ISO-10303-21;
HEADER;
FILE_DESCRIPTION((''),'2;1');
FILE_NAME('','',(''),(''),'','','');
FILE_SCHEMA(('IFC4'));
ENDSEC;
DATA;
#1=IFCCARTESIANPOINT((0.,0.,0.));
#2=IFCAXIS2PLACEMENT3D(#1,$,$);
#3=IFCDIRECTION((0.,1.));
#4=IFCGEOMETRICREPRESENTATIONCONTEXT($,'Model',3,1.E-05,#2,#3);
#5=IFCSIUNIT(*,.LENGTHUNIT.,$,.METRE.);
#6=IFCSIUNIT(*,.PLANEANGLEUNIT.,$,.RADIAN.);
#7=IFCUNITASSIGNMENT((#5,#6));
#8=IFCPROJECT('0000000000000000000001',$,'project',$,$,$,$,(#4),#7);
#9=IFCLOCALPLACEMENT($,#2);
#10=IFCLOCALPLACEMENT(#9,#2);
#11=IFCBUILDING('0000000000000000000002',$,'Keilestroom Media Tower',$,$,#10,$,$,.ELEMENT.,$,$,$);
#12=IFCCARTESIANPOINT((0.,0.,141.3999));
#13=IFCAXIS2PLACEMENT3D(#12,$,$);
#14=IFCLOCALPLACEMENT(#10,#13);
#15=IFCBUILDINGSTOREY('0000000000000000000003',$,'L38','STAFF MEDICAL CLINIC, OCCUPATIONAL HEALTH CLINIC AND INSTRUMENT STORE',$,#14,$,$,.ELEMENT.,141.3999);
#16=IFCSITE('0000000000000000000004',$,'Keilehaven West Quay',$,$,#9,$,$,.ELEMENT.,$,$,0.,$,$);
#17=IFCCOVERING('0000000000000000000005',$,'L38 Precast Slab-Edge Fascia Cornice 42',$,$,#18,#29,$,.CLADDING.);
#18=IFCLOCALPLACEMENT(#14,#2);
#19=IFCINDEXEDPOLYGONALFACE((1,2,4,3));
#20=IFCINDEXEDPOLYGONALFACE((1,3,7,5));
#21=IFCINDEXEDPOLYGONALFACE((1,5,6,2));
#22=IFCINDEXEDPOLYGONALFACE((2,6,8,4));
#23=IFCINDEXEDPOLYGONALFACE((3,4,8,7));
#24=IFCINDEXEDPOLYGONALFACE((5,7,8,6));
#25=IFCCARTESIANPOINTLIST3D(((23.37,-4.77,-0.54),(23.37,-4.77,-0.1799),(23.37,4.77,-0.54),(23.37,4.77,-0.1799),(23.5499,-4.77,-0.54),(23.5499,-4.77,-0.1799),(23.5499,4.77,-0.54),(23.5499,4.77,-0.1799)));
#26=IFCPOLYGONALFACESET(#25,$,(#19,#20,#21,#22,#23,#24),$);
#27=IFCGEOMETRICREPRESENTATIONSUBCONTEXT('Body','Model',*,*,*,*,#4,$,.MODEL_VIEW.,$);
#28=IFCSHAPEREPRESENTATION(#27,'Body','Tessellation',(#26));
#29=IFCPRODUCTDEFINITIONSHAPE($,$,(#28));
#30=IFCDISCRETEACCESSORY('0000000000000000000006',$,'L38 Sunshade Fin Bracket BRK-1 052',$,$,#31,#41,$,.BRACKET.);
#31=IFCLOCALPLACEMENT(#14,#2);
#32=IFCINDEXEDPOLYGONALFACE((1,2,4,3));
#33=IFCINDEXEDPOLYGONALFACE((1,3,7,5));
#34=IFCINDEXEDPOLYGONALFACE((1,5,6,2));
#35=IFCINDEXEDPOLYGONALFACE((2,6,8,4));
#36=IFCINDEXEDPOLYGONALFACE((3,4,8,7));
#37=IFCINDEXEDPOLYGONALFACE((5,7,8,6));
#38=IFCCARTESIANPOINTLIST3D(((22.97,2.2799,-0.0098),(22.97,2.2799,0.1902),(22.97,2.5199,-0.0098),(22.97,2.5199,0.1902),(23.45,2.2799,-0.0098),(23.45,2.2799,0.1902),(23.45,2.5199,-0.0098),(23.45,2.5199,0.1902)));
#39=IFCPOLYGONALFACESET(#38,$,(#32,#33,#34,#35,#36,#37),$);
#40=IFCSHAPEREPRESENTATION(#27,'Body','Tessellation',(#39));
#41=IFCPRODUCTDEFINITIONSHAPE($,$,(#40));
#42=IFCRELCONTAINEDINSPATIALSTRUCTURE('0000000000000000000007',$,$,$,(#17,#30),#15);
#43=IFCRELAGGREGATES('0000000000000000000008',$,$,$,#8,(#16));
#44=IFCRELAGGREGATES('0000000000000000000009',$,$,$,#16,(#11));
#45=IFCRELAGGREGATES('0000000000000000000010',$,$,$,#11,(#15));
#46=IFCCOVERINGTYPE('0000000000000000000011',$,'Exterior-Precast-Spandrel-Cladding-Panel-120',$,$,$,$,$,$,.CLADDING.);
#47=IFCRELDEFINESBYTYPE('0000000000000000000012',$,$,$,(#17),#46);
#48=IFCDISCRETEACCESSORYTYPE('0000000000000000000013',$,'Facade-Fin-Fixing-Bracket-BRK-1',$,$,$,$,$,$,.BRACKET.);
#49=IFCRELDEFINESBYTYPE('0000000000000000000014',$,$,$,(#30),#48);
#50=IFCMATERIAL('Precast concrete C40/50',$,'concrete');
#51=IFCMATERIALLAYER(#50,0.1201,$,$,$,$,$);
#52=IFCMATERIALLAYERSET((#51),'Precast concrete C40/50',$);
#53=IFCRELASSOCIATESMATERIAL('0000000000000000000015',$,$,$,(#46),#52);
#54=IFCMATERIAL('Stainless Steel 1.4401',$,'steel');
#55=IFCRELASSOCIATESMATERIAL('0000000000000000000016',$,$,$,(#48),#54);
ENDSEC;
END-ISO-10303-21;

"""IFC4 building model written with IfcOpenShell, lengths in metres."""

from ifc_helpers import new_model, si_unit, direction, frame, origin, origin_2d, place, context, subcontext, project, spatial, rectangle, extrude, source, transform, mapped, material, layer, layer_set, type_object, element, save


model = new_model("IFC4")

# Units and contexts
model_context = context("Model", 3, precision=1e-05, world=origin(), true_north=direction((0.0, 1.0)))
body_context = subcontext(model_context, "Body", "Model", "MODEL_VIEW")
ifc_project = project(units=[si_unit("LENGTHUNIT", "METRE"), si_unit("PLANEANGLEUNIT", "RADIAN")], contexts=[model_context])

# Site, building, storey
site_placement = place(None, origin())
site = spatial("IfcSite", under=ifc_project, at=site_placement, Name="Keilehaven West Quay", CompositionType="ELEMENT", RefElevation=0.0)
building_placement = place(site_placement, origin())
building = spatial("IfcBuilding", under=site, at=building_placement, Name="Keilestroom Media Tower", CompositionType="ELEMENT")
storey_placement = place(building_placement, frame((0.0, 0.0, 141.3999)))
storey = spatial("IfcBuildingStorey", under=building, at=storey_placement, Name="L38", Description="STAFF MEDICAL CLINIC, OCCUPATIONAL HEALTH CLINIC AND INSTRUMENT STORE", CompositionType="ELEMENT", Elevation=141.3999)

# Shared definitions
ifc_material_1 = material(Name="Precast concrete C40/50", Category="concrete")

# Covering
ifc_layer_1 = layer(ifc_material_1, 0.1201)
ifc_layer_set_1 = layer_set([ifc_layer_1], Name="Precast concrete C40/50")
covering_type = type_object("IfcCoveringType", Name="Exterior-Precast-Spandrel-Cladding-Panel-120", PredefinedType="CLADDING", material=ifc_layer_set_1)
shared_shape_1 = source(origin(), body_context, "Body", "SweptSolid", [
    extrude(rectangle(XDim=9.54, YDim=0.1799, at=origin_2d()), origin(), (0.0, 0.0, 1.0), 0.3601),
])
covering_placement = place(storey_placement, frame((23.46, 0.0, -0.54), z_axis=(0.0, 0.0, 1.0), x_axis=(0.0, -1.0, 0.0)))
element("IfcCovering", 1, at=covering_placement, inside=storey, type_object=covering_type, Name="L38 Precast Slab-Edge Fascia Cornice 42", PredefinedType="CLADDING", context=body_context, shape_type="MappedRepresentation", body=[
    mapped(shared_shape_1, transform((0.0, 0.0, 0.0), x_axis=(1.0, 0.0, 0.0), y_axis=(0.0, 1.0, 0.0), z_axis=(0.0, 0.0, 1.0), scale=1.0)),
])

# Discrete accessory
ifc_material_2 = material(Name="Stainless Steel 1.4401", Category="steel")
discrete_accessory_type = type_object("IfcDiscreteAccessoryType", Name="Facade-Fin-Fixing-Bracket-BRK-1", PredefinedType="BRACKET", material=ifc_material_2)
shared_shape_2 = source(origin(), body_context, "Body", "SweptSolid", [
    extrude(rectangle(XDim=0.48, YDim=0.24, at=origin_2d()), origin(), (0.0, 0.0, 1.0), 0.2),
])
discrete_accessory_placement = place(storey_placement, frame((23.21, 2.3999, -0.0098), z_axis=(0.0, 0.0, 1.0), x_axis=(1.0, 0.0, 0.0)))
element("IfcDiscreteAccessory", 2, at=discrete_accessory_placement, inside=storey, type_object=discrete_accessory_type, Name="L38 Sunshade Fin Bracket BRK-1 052", PredefinedType="BRACKET", context=body_context, shape_type="MappedRepresentation", body=[
    mapped(shared_shape_2, transform((0.0, 0.0, 0.0), x_axis=(1.0, 0.0, 0.0), y_axis=(0.0, 1.0, 0.0), z_axis=(0.0, 0.0, 1.0), scale=1.0)),
])

save(model, "model.ifc")
